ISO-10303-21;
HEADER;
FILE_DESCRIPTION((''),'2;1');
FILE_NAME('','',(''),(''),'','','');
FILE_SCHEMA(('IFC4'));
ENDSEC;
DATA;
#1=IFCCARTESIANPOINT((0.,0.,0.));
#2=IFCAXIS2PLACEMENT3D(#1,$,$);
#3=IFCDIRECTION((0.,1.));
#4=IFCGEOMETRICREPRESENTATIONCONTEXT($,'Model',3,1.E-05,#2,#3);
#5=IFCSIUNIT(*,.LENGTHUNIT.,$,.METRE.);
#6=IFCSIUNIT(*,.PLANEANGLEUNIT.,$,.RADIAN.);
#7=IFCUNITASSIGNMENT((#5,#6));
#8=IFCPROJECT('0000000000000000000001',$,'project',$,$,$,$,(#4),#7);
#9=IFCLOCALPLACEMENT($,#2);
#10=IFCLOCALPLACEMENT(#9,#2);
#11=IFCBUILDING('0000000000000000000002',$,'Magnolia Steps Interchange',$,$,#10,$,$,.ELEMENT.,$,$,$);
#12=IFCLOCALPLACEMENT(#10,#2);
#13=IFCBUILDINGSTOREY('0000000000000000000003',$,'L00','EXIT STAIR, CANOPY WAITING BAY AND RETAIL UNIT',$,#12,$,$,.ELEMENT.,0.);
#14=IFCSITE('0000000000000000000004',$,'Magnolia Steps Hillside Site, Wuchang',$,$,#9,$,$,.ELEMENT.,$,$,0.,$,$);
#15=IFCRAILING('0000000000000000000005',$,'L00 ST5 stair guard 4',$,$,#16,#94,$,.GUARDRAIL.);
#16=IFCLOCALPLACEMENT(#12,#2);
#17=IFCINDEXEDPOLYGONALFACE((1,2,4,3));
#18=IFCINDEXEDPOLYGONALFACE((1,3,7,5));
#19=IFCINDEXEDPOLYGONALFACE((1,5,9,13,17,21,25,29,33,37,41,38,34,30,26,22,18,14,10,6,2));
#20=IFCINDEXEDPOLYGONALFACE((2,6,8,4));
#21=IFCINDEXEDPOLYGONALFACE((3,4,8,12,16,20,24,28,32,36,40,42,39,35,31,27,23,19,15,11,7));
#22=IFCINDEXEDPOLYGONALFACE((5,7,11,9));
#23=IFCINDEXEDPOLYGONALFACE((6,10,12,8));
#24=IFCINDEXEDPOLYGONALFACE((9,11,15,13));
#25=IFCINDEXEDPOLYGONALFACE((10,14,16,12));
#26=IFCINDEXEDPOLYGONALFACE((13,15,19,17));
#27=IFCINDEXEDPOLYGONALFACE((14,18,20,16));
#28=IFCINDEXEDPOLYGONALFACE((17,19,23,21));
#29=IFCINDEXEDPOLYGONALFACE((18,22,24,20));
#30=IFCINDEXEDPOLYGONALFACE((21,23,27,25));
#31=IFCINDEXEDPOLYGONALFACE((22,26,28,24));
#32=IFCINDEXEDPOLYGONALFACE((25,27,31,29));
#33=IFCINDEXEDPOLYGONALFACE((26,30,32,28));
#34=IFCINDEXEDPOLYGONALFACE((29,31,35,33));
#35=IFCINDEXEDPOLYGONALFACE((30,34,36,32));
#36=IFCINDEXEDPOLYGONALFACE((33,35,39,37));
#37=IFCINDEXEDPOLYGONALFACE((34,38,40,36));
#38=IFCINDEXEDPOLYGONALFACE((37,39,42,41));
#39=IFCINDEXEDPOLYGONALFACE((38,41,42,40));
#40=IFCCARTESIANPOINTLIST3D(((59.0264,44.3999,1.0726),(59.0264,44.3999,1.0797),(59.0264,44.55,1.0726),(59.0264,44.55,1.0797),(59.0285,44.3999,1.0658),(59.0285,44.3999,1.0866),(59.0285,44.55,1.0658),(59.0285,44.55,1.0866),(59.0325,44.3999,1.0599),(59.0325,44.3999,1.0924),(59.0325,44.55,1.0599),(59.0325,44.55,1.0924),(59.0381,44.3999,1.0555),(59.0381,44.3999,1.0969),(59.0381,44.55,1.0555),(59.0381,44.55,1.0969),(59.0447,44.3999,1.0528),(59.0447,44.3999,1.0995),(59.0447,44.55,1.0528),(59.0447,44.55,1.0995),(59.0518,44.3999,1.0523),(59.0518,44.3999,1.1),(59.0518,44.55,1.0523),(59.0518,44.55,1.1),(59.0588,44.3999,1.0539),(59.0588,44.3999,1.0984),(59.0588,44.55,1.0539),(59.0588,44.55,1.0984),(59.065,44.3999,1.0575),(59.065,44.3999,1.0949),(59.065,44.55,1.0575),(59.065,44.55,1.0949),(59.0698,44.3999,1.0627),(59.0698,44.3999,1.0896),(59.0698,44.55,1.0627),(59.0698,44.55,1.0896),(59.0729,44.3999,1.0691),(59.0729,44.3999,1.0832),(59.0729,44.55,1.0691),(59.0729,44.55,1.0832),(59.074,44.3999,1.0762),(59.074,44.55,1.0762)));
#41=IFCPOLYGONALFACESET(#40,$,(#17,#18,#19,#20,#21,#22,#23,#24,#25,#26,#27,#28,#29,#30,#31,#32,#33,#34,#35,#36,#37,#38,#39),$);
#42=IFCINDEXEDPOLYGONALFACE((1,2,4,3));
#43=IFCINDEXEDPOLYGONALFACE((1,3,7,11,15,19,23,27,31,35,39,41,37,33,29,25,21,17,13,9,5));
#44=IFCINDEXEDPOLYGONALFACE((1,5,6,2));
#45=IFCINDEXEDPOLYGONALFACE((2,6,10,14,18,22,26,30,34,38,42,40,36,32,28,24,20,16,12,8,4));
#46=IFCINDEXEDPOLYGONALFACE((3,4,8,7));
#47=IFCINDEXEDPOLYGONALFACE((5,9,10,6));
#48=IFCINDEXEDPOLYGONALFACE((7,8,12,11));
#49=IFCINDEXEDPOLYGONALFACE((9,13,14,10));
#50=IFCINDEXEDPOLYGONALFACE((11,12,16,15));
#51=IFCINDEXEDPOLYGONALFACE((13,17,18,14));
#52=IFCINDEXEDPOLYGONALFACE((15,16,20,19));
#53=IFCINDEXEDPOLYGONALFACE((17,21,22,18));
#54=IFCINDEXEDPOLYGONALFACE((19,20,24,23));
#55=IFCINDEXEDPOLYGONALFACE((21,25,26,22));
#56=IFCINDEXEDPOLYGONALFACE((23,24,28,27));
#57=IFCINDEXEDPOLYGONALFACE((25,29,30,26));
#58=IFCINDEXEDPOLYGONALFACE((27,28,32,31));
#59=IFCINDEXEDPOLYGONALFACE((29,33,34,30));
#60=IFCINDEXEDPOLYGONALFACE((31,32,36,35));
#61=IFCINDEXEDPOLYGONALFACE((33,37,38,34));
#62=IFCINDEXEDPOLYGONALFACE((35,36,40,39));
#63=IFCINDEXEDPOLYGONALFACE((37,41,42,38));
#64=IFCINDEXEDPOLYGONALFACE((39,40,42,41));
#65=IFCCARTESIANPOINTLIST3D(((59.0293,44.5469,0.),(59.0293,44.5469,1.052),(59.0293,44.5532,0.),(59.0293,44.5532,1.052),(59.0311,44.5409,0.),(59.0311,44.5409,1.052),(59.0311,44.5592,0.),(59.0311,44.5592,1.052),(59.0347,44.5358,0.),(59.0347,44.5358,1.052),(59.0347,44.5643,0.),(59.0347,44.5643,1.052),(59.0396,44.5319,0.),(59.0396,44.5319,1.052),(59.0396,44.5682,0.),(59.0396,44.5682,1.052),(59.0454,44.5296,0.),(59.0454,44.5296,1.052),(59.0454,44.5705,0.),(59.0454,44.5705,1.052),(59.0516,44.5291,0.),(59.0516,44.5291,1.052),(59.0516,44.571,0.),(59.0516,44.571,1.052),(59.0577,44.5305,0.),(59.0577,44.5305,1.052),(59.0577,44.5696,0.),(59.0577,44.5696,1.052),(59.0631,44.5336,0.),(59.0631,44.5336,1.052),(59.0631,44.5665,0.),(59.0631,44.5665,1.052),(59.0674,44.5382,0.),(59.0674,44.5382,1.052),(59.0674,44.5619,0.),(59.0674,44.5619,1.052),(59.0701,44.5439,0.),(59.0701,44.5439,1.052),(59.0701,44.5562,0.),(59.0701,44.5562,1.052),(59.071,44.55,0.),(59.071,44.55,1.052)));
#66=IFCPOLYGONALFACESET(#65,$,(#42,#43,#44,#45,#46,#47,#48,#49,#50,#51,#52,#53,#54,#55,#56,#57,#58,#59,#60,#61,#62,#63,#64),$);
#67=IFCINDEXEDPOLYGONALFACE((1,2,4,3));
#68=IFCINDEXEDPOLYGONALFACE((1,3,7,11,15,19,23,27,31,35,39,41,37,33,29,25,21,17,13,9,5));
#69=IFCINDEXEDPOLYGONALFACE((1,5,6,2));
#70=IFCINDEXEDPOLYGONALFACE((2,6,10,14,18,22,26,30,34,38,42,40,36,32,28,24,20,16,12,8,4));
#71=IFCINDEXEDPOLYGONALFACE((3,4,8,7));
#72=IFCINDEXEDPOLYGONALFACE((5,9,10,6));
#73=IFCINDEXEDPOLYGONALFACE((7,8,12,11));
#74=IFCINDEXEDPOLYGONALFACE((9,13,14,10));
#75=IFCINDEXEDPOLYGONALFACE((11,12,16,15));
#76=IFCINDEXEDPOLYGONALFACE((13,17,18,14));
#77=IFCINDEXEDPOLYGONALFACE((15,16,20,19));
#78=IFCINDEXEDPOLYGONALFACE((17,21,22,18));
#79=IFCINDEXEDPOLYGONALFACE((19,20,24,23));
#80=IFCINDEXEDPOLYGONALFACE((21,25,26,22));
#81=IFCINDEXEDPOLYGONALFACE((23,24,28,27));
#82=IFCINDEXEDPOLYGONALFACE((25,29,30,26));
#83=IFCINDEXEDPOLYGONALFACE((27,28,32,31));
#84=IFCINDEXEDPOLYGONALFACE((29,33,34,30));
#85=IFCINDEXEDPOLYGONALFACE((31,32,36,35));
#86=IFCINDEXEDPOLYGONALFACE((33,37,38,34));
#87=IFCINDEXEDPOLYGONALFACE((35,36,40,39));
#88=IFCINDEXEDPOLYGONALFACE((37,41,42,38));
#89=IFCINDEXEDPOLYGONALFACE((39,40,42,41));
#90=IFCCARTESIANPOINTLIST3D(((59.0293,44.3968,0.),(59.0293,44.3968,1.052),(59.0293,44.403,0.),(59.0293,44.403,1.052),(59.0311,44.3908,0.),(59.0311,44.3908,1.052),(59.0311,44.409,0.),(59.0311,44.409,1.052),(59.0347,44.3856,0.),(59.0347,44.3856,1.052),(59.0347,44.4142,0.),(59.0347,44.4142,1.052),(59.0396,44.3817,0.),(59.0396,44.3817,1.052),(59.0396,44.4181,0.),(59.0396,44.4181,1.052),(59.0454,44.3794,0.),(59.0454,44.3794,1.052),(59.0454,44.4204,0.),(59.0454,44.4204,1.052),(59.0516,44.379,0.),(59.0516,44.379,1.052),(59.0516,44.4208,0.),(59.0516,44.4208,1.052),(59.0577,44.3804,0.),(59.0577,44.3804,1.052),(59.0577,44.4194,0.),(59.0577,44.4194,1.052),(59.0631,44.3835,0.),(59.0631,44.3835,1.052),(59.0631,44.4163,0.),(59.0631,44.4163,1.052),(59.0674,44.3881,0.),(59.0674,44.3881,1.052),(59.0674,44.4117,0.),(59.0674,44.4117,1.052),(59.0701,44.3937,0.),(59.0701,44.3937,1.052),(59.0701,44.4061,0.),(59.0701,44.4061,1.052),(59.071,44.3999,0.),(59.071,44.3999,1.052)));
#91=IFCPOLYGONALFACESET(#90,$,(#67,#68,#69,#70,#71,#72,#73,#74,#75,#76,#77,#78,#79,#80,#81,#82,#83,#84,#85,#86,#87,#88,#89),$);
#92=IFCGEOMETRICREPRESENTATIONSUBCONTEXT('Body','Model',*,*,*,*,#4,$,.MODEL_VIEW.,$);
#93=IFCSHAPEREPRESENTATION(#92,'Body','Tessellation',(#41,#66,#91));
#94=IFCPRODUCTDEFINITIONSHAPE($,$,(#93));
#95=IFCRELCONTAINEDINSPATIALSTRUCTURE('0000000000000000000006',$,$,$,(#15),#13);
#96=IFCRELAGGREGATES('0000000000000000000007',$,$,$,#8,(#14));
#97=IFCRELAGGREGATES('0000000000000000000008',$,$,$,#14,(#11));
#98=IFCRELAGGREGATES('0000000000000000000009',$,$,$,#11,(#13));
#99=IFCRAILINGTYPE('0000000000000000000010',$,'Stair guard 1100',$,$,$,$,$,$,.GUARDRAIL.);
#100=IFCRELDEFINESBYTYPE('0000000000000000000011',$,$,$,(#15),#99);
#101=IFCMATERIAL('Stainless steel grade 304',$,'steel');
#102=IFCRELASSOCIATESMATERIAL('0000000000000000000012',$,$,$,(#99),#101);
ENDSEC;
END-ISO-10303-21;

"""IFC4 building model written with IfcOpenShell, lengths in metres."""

from ifc_helpers import new_model, si_unit, direction, frame, origin, origin_2d, place, context, subcontext, project, spatial, circle, extrude, material, type_object, element, save


model = new_model("IFC4")

# Units and contexts
model_context = context("Model", 3, precision=1e-05, world=origin(), true_north=direction((0.0, 1.0)))
body_context = subcontext(model_context, "Body", "Model", "MODEL_VIEW")
ifc_project = project(units=[si_unit("LENGTHUNIT", "METRE"), si_unit("PLANEANGLEUNIT", "RADIAN")], contexts=[model_context])

# Site, building, storey
site_placement = place(None, origin())
site = spatial("IfcSite", under=ifc_project, at=site_placement, Name="Magnolia Steps Hillside Site, Wuchang", CompositionType="ELEMENT", RefElevation=0.0)
building_placement = place(site_placement, origin())
building = spatial("IfcBuilding", under=site, at=building_placement, Name="Magnolia Steps Interchange", CompositionType="ELEMENT")
storey_placement = place(building_placement, origin())
storey = spatial("IfcBuildingStorey", under=building, at=storey_placement, Name="L00", Description="EXIT STAIR, CANOPY WAITING BAY AND RETAIL UNIT", CompositionType="ELEMENT", Elevation=0.0)

# Railing
ifc_material_1 = material(Name="Stainless steel grade 304", Category="steel")
railing_type_1 = type_object("IfcRailingType", Name="Stair guard 1100", PredefinedType="GUARDRAIL", material=ifc_material_1)
railing_1_placement = place(storey_placement, frame((59.05, 44.55, 0.0)))
element("IfcRailing", 1, at=railing_1_placement, inside=storey, type_object=railing_type_1, Name="L00 ST5 stair guard 4", PredefinedType="GUARDRAIL", context=body_context, shape_type="SweptSolid", body=[
    extrude(circle(Radius=0.0239, at=origin_2d()), frame((0.0, 0.0, 1.0762), z_axis=(0.0, -1.0, 0.0), x_axis=(1.0, 0.0, 0.0)), (0.0, 0.0, 1.0), 0.1501),
    extrude(circle(Radius=0.021, at=origin_2d()), origin(), (0.0, 0.0, 1.0), 1.052),
    extrude(circle(Radius=0.021, at=origin_2d()), frame((0.0, -0.1501, 0.0)), (0.0, 0.0, 1.0), 1.052),
])

save(model, "model.ifc")
